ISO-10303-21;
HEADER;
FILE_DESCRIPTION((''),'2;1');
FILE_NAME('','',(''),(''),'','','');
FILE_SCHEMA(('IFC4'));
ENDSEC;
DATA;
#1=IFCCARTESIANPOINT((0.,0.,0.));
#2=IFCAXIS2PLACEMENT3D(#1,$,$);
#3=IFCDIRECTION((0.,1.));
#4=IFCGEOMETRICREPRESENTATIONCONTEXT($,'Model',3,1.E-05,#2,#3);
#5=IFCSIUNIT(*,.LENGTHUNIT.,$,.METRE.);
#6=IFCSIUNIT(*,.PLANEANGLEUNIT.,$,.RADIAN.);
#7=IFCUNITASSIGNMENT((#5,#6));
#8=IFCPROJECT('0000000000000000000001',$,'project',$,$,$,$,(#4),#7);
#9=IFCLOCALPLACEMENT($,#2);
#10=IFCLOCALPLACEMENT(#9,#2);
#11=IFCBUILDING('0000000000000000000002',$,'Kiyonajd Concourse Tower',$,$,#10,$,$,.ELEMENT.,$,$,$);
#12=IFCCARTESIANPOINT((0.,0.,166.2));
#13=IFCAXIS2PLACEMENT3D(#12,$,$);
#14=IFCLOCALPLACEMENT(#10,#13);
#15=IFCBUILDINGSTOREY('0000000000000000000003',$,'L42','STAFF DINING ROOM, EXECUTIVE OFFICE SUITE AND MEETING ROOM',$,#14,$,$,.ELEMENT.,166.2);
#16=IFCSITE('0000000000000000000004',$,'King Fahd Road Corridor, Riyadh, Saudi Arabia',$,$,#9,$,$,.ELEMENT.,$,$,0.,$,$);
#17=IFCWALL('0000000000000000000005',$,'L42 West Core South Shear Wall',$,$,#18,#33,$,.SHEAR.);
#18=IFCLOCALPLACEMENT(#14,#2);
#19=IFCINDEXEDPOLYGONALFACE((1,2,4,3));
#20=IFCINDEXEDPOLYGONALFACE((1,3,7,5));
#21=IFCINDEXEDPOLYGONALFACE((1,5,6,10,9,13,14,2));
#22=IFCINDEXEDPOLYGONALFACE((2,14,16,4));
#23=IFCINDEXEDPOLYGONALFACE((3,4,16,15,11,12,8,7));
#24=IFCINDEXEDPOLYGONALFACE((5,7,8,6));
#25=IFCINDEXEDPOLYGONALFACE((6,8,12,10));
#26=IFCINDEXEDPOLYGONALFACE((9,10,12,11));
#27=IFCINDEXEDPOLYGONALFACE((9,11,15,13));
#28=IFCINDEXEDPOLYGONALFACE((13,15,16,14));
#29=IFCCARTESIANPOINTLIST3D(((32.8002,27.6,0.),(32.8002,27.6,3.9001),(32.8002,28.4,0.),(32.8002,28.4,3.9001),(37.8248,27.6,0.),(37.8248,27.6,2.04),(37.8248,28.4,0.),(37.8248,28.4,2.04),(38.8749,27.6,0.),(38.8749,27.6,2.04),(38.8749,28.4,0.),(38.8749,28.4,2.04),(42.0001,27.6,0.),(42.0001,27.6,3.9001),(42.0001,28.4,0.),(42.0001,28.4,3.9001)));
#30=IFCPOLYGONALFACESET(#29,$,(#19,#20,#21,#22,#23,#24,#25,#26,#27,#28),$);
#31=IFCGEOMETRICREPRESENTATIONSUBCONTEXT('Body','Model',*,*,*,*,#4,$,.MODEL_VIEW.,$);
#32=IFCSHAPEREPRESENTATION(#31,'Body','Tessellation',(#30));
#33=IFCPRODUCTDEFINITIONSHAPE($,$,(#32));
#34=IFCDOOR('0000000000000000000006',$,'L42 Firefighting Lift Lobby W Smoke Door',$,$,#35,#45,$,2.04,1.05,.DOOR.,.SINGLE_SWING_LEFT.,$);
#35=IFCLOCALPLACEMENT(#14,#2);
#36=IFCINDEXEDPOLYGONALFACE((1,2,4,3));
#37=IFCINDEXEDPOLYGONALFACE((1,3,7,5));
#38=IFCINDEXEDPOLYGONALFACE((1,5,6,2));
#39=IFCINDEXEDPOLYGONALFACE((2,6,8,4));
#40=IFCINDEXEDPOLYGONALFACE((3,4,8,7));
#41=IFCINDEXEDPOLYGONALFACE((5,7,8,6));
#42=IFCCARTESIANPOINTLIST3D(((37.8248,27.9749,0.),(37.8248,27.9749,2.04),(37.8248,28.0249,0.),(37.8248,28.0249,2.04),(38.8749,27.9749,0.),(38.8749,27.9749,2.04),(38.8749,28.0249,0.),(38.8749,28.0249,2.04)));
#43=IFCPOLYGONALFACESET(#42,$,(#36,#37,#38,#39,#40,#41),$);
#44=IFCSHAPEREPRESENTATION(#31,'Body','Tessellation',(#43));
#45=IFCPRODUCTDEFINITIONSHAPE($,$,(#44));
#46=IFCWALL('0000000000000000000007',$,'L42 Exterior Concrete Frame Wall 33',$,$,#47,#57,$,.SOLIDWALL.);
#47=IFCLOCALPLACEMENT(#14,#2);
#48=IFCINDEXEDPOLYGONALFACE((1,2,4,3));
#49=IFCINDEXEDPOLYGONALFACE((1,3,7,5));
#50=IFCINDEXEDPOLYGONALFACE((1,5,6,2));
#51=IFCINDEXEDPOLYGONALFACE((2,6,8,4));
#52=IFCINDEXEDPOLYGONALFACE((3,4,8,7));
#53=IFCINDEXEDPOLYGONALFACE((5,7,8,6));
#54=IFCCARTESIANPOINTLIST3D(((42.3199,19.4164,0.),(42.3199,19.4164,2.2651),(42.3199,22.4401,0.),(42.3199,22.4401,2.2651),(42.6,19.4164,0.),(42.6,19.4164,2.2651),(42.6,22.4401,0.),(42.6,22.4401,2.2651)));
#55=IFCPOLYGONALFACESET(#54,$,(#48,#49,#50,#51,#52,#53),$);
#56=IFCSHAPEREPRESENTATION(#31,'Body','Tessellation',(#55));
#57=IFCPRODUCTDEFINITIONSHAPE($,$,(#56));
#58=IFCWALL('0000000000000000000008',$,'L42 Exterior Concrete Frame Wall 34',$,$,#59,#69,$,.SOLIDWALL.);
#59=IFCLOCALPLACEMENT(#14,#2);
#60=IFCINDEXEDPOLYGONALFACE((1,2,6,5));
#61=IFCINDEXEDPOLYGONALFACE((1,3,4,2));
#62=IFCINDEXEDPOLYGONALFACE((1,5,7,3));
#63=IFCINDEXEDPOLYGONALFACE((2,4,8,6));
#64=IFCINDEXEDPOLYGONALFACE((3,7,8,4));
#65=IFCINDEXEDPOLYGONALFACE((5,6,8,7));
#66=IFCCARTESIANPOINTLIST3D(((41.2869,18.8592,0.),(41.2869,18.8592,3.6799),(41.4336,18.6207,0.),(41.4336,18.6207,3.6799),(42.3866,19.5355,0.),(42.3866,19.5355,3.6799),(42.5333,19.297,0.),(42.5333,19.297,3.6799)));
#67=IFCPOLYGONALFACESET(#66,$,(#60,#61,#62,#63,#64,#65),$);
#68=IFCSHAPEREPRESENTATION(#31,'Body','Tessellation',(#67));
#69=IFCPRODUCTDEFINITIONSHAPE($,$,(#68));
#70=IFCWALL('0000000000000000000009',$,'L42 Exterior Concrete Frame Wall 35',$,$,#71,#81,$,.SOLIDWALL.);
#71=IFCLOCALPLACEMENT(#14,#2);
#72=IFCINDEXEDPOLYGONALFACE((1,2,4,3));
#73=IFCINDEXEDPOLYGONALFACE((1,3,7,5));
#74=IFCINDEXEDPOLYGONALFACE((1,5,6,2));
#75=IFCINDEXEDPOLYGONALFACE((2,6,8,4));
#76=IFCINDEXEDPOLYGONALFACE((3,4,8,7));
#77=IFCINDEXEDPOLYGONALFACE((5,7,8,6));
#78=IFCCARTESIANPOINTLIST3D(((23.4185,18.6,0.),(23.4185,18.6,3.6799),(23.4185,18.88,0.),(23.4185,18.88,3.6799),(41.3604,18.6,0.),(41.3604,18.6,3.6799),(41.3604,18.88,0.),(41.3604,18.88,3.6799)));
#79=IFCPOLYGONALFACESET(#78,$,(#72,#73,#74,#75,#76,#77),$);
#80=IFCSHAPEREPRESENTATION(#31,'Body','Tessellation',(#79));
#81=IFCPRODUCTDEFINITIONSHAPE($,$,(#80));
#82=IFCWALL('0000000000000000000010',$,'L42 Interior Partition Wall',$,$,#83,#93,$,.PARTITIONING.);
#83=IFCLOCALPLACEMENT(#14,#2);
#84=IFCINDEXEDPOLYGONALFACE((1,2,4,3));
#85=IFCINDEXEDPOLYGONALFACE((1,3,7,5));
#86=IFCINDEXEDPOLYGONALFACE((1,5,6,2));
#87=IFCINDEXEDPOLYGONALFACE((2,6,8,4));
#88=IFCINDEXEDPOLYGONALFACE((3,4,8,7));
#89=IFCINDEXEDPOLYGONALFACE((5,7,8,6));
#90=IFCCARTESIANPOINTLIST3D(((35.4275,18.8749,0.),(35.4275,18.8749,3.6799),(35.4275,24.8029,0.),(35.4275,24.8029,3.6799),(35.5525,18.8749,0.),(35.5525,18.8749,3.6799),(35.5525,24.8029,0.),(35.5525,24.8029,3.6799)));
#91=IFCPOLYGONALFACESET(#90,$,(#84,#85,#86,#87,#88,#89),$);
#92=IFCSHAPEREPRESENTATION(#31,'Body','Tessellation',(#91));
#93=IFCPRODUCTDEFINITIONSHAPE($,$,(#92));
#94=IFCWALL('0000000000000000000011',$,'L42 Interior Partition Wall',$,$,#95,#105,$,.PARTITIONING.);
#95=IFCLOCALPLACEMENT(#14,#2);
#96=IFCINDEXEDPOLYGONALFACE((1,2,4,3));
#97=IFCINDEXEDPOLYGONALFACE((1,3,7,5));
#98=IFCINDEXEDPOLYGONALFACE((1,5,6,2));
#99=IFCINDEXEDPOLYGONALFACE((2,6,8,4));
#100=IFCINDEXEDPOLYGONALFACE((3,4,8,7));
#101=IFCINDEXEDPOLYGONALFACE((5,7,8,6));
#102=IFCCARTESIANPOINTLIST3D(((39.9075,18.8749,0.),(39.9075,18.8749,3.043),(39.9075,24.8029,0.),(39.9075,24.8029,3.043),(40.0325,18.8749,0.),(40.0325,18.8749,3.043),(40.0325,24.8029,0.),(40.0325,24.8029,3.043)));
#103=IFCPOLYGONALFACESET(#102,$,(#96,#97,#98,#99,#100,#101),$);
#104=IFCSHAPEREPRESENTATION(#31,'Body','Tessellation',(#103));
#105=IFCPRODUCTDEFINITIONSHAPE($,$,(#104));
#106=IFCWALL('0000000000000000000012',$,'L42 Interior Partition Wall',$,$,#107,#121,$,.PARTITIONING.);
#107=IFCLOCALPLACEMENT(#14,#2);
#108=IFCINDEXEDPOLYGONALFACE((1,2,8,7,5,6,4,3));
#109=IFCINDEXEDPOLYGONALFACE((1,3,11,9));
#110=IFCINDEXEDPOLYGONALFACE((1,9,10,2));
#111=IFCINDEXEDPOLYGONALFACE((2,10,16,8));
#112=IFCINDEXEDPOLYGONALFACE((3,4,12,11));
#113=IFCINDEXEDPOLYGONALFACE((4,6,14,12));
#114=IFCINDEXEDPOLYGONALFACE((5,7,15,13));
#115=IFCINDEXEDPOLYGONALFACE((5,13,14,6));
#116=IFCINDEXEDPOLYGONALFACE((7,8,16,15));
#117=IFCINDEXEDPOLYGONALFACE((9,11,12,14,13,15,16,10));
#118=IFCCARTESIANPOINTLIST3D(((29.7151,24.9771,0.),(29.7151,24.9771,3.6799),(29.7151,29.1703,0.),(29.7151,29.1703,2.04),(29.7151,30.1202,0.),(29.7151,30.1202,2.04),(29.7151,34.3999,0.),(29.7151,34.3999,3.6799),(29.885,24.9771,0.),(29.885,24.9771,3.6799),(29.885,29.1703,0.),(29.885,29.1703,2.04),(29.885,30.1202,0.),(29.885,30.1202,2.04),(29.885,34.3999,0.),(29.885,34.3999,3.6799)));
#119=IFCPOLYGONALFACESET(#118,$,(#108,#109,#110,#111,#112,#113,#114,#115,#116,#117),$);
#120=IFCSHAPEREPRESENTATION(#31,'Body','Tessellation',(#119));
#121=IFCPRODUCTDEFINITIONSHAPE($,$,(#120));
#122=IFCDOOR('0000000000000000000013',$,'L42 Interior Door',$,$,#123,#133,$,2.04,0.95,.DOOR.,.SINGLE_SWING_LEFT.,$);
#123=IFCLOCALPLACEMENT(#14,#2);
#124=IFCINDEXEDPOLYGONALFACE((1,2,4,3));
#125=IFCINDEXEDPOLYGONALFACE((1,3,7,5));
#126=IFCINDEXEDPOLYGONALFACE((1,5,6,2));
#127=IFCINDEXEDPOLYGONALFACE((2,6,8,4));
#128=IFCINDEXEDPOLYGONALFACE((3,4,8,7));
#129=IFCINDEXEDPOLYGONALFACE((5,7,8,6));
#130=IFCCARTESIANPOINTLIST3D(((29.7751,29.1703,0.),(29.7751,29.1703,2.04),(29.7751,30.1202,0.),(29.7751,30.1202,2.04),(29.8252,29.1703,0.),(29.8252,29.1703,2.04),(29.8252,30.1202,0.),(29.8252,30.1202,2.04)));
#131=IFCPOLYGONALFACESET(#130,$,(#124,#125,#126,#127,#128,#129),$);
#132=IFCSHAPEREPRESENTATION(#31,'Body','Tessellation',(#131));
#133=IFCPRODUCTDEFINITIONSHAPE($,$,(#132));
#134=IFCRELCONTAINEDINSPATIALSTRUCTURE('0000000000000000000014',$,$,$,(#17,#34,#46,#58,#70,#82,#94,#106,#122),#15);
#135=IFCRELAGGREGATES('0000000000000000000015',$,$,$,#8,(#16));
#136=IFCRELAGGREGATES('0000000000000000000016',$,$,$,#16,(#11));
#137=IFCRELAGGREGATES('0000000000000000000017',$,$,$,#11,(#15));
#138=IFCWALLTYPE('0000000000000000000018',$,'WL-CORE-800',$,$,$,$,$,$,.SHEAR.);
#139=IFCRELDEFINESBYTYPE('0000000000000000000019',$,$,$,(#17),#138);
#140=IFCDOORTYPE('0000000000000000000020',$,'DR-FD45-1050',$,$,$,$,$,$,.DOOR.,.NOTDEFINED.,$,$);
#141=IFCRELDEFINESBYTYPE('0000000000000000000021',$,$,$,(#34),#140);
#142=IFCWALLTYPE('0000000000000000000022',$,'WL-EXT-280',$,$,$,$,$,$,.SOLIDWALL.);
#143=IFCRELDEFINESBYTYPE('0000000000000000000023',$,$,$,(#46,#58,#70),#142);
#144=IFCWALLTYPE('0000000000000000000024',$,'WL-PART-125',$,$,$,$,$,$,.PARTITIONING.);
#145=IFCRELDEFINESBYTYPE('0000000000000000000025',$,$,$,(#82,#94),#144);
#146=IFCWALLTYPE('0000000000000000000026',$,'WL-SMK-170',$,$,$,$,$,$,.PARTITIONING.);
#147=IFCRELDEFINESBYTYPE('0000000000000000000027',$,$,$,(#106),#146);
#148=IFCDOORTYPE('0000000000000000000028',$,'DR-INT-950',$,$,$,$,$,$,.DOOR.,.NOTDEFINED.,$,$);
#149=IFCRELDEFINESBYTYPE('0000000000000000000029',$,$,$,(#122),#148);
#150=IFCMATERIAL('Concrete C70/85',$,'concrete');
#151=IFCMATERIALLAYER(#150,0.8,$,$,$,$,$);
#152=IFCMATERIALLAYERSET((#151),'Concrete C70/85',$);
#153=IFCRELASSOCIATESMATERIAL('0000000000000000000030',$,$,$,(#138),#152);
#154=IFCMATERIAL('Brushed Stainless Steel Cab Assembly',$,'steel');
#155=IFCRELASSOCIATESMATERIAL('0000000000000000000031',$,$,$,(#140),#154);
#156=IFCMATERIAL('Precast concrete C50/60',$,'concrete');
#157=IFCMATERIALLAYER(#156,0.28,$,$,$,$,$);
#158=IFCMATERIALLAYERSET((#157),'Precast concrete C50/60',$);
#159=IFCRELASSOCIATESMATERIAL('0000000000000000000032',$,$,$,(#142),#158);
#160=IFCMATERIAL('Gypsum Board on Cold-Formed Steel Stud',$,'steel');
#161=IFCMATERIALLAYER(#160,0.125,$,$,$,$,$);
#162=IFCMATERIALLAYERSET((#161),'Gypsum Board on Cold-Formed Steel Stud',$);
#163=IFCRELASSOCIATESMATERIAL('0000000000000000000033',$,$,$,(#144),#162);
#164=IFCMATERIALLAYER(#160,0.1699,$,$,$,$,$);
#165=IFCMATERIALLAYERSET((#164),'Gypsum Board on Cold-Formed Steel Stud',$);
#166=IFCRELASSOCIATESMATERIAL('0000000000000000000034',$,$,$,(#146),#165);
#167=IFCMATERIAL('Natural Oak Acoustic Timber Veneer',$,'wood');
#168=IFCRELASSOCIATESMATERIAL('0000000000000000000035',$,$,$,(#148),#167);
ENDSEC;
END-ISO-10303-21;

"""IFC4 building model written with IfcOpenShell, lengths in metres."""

from ifc_helpers import new_model, si_unit, direction, frame, frame_2d, origin, place, context, subcontext, project, spatial, rectangle, extrude, material, layer, layer_set, type_object, element, fill, save


model = new_model("IFC4")

# Units and contexts
model_context = context("Model", 3, precision=1e-05, world=origin(), true_north=direction((0.0, 1.0)))
body_context = subcontext(model_context, "Body", "Model", "MODEL_VIEW")
ifc_project = project(units=[si_unit("LENGTHUNIT", "METRE"), si_unit("PLANEANGLEUNIT", "RADIAN")], contexts=[model_context])

# Site, building, storey
site_placement = place(None, origin())
site = spatial("IfcSite", under=ifc_project, at=site_placement, Name="King Fahd Road Corridor, Riyadh, Saudi Arabia", CompositionType="ELEMENT", RefElevation=0.0)
building_placement = place(site_placement, origin())
building = spatial("IfcBuilding", under=site, at=building_placement, Name="Kiyonajd Concourse Tower", CompositionType="ELEMENT")
storey_placement = place(building_placement, frame((0.0, 0.0, 166.2)))
storey = spatial("IfcBuildingStorey", under=building, at=storey_placement, Name="L42", Description="STAFF DINING ROOM, EXECUTIVE OFFICE SUITE AND MEETING ROOM", CompositionType="ELEMENT", Elevation=166.2)

# Shared definitions
ifc_material_1 = material(Name="Concrete C70/85", Category="concrete")

# Shared definitions
ifc_layer_1 = layer(ifc_material_1, 0.8)
ifc_layer_set_1 = layer_set([ifc_layer_1], Name="Concrete C70/85")
wall_type_1 = type_object("IfcWallType", Name="WL-CORE-800", PredefinedType="SHEAR", material=ifc_layer_set_1)

# Wall, opening, door
wall_1_placement = place(storey_placement, frame((32.8, 28.0, 0.0), z_axis=(0.0, 0.0, 1.0), x_axis=(1.0, 0.0, 0.0)))
wall_1 = element("IfcWall", 1, at=wall_1_placement, inside=storey, type_object=wall_type_1, Name="L42 West Core South Shear Wall", PredefinedType="SHEAR", context=body_context, shape_type="SweptSolid", body=[
    extrude(rectangle(XDim=9.2, YDim=0.8, at=frame_2d((4.6001, 0.0))), origin(), (0.0, 0.0, 1.0), 3.9001),
])
opening_1_placement = place(wall_1_placement, frame((5.0249, 0.0, 0.0)))
opening_1 = element("IfcOpeningElement", 2, at=opening_1_placement, cuts=wall_1, PredefinedType="OPENING", context=body_context, shape_type="SweptSolid", body=[
    extrude(rectangle(XDim=1.05, YDim=2.04, at=frame_2d((0.5249, 1.02))), frame((0.0, 0.4099, 0.0), z_axis=(0.0, -1.0, 0.0), x_axis=(1.0, 0.0, 0.0)), (0.0, 0.0, 1.0), 0.8201),
])
ifc_material_2 = material(Name="Brushed Stainless Steel Cab Assembly", Category="steel")
door_type_1 = type_object("IfcDoorType", Name="DR-FD45-1050", OperationType="NOTDEFINED", PredefinedType="DOOR", material=ifc_material_2)
door_1_placement = place(opening_1_placement, origin())
door_1 = element("IfcDoor", 3, at=door_1_placement, inside=storey, type_object=door_type_1, Name="L42 Firefighting Lift Lobby W Smoke Door", OperationType="SINGLE_SWING_LEFT", OverallHeight=2.04, OverallWidth=1.05, PredefinedType="DOOR", context=body_context, shape_type="SweptSolid", body=[
    extrude(rectangle(XDim=1.05, YDim=2.04, at=frame_2d((0.5249, 1.02))), frame((0.0, 0.0249, 0.0), z_axis=(0.0, -1.0, 0.0), x_axis=(1.0, 0.0, 0.0)), (0.0, 0.0, 1.0), 0.05),
])
fill(opening_1, door_1)

# Walls
ifc_material_3 = material(Name="Precast concrete C50/60", Category="concrete")
ifc_layer_2 = layer(ifc_material_3, 0.28)
ifc_layer_set_2 = layer_set([ifc_layer_2], Name="Precast concrete C50/60")
wall_type_2 = type_object("IfcWallType", Name="WL-EXT-280", PredefinedType="SOLIDWALL", material=ifc_layer_set_2)
wall_2_placement = place(storey_placement, frame((42.46, 22.4399, 0.0), z_axis=(0.0, 0.0, 1.0), x_axis=(0.0, -1.0, 0.0)))
element("IfcWall", 4, at=wall_2_placement, inside=storey, type_object=wall_type_2, Name="L42 Exterior Concrete Frame Wall 33", PredefinedType="SOLIDWALL", context=body_context, shape_type="SweptSolid", body=[
    extrude(rectangle(XDim=3.0237, YDim=0.28, at=frame_2d((1.5117, 0.0))), origin(), (0.0, 0.0, 1.0), 2.2651),
])
wall_3_placement = place(storey_placement, frame((42.46, 19.4163, 0.0), z_axis=(0.0, 0.0, 1.0), x_axis=(-0.851801, -0.523865, 0.0)))
element("IfcWall", 5, at=wall_3_placement, inside=storey, type_object=wall_type_2, Name="L42 Exterior Concrete Frame Wall 34", PredefinedType="SOLIDWALL", context=body_context, shape_type="SweptSolid", body=[
    extrude(rectangle(XDim=1.291, YDim=0.28, at=frame_2d((0.6455, 0.0))), origin(), (0.0, 0.0, 1.0), 3.6799),
])
wall_4_placement = place(storey_placement, frame((41.3604, 18.74, 0.0), z_axis=(0.0, 0.0, 1.0), x_axis=(-1.0, 0.0, 0.0)))
element("IfcWall", 6, at=wall_4_placement, inside=storey, type_object=wall_type_2, Name="L42 Exterior Concrete Frame Wall 35", PredefinedType="SOLIDWALL", context=body_context, shape_type="SweptSolid", body=[
    extrude(rectangle(XDim=17.9419, YDim=0.28, at=frame_2d((8.9709, 0.0))), origin(), (0.0, 0.0, 1.0), 3.6799),
])
ifc_material_4 = material(Name="Gypsum Board on Cold-Formed Steel Stud", Category="steel")
ifc_layer_3 = layer(ifc_material_4, 0.125)
ifc_layer_set_3 = layer_set([ifc_layer_3], Name="Gypsum Board on Cold-Formed Steel Stud")
wall_type_3 = type_object("IfcWallType", Name="WL-PART-125", PredefinedType="PARTITIONING", material=ifc_layer_set_3)
wall_5_placement = place(storey_placement, frame((35.49, 18.875, 0.0), z_axis=(0.0, 0.0, 1.0), x_axis=(0.0, 1.0, 0.0)))
element("IfcWall", 7, at=wall_5_placement, inside=storey, type_object=wall_type_3, Name="L42 Interior Partition Wall", PredefinedType="PARTITIONING", context=body_context, shape_type="SweptSolid", body=[
    extrude(rectangle(XDim=5.928, YDim=0.125, at=frame_2d((2.9639, 0.0))), origin(), (0.0, 0.0, 1.0), 3.6799),
])
wall_6_placement = place(storey_placement, frame((39.97, 18.875, 0.0), z_axis=(0.0, 0.0, 1.0), x_axis=(0.0, 1.0, 0.0)))
element("IfcWall", 8, at=wall_6_placement, inside=storey, type_object=wall_type_3, Name="L42 Interior Partition Wall", PredefinedType="PARTITIONING", context=body_context, shape_type="SweptSolid", body=[
    extrude(rectangle(XDim=5.928, YDim=0.125, at=frame_2d((2.9639, 0.0))), origin(), (0.0, 0.0, 1.0), 3.043),
])

# Wall, opening, door
ifc_layer_4 = layer(ifc_material_4, 0.1699)
ifc_layer_set_4 = layer_set([ifc_layer_4], Name="Gypsum Board on Cold-Formed Steel Stud")
wall_type_4 = type_object("IfcWallType", Name="WL-SMK-170", PredefinedType="PARTITIONING", material=ifc_layer_set_4)
wall_7_placement = place(storey_placement, frame((29.8, 24.9771, 0.0), z_axis=(0.0, 0.0, 1.0), x_axis=(0.0, 1.0, 0.0)))
wall_7 = element("IfcWall", 9, at=wall_7_placement, inside=storey, type_object=wall_type_4, Name="L42 Interior Partition Wall", PredefinedType="PARTITIONING", context=body_context, shape_type="SweptSolid", body=[
    extrude(rectangle(XDim=9.4229, YDim=0.1699, at=frame_2d((4.7114, 0.0))), origin(), (0.0, 0.0, 1.0), 3.6799),
])
opening_2_placement = place(wall_7_placement, frame((4.1931, 0.0, 0.0)))
opening_2 = element("IfcOpeningElement", 10, at=opening_2_placement, cuts=wall_7, PredefinedType="OPENING", context=body_context, shape_type="SweptSolid", body=[
    extrude(rectangle(XDim=0.95, YDim=2.04, at=frame_2d((0.4751, 1.02))), frame((0.0, 0.095, 0.0), z_axis=(0.0, -1.0, 0.0), x_axis=(1.0, 0.0, 0.0)), (0.0, 0.0, 1.0), 0.1899),
])
ifc_material_5 = material(Name="Natural Oak Acoustic Timber Veneer", Category="wood")
door_type_2 = type_object("IfcDoorType", Name="DR-INT-950", OperationType="NOTDEFINED", PredefinedType="DOOR", material=ifc_material_5)
door_2_placement = place(opening_2_placement, origin())
door_2 = element("IfcDoor", 11, at=door_2_placement, inside=storey, type_object=door_type_2, Name="L42 Interior Door", OperationType="SINGLE_SWING_LEFT", OverallHeight=2.04, OverallWidth=0.95, PredefinedType="DOOR", context=body_context, shape_type="SweptSolid", body=[
    extrude(rectangle(XDim=0.95, YDim=2.04, at=frame_2d((0.4751, 1.02))), frame((0.0, 0.0249, 0.0), z_axis=(0.0, -1.0, 0.0), x_axis=(1.0, 0.0, 0.0)), (0.0, 0.0, 1.0), 0.05),
])
fill(opening_2, door_2)

save(model, "model.ifc")
